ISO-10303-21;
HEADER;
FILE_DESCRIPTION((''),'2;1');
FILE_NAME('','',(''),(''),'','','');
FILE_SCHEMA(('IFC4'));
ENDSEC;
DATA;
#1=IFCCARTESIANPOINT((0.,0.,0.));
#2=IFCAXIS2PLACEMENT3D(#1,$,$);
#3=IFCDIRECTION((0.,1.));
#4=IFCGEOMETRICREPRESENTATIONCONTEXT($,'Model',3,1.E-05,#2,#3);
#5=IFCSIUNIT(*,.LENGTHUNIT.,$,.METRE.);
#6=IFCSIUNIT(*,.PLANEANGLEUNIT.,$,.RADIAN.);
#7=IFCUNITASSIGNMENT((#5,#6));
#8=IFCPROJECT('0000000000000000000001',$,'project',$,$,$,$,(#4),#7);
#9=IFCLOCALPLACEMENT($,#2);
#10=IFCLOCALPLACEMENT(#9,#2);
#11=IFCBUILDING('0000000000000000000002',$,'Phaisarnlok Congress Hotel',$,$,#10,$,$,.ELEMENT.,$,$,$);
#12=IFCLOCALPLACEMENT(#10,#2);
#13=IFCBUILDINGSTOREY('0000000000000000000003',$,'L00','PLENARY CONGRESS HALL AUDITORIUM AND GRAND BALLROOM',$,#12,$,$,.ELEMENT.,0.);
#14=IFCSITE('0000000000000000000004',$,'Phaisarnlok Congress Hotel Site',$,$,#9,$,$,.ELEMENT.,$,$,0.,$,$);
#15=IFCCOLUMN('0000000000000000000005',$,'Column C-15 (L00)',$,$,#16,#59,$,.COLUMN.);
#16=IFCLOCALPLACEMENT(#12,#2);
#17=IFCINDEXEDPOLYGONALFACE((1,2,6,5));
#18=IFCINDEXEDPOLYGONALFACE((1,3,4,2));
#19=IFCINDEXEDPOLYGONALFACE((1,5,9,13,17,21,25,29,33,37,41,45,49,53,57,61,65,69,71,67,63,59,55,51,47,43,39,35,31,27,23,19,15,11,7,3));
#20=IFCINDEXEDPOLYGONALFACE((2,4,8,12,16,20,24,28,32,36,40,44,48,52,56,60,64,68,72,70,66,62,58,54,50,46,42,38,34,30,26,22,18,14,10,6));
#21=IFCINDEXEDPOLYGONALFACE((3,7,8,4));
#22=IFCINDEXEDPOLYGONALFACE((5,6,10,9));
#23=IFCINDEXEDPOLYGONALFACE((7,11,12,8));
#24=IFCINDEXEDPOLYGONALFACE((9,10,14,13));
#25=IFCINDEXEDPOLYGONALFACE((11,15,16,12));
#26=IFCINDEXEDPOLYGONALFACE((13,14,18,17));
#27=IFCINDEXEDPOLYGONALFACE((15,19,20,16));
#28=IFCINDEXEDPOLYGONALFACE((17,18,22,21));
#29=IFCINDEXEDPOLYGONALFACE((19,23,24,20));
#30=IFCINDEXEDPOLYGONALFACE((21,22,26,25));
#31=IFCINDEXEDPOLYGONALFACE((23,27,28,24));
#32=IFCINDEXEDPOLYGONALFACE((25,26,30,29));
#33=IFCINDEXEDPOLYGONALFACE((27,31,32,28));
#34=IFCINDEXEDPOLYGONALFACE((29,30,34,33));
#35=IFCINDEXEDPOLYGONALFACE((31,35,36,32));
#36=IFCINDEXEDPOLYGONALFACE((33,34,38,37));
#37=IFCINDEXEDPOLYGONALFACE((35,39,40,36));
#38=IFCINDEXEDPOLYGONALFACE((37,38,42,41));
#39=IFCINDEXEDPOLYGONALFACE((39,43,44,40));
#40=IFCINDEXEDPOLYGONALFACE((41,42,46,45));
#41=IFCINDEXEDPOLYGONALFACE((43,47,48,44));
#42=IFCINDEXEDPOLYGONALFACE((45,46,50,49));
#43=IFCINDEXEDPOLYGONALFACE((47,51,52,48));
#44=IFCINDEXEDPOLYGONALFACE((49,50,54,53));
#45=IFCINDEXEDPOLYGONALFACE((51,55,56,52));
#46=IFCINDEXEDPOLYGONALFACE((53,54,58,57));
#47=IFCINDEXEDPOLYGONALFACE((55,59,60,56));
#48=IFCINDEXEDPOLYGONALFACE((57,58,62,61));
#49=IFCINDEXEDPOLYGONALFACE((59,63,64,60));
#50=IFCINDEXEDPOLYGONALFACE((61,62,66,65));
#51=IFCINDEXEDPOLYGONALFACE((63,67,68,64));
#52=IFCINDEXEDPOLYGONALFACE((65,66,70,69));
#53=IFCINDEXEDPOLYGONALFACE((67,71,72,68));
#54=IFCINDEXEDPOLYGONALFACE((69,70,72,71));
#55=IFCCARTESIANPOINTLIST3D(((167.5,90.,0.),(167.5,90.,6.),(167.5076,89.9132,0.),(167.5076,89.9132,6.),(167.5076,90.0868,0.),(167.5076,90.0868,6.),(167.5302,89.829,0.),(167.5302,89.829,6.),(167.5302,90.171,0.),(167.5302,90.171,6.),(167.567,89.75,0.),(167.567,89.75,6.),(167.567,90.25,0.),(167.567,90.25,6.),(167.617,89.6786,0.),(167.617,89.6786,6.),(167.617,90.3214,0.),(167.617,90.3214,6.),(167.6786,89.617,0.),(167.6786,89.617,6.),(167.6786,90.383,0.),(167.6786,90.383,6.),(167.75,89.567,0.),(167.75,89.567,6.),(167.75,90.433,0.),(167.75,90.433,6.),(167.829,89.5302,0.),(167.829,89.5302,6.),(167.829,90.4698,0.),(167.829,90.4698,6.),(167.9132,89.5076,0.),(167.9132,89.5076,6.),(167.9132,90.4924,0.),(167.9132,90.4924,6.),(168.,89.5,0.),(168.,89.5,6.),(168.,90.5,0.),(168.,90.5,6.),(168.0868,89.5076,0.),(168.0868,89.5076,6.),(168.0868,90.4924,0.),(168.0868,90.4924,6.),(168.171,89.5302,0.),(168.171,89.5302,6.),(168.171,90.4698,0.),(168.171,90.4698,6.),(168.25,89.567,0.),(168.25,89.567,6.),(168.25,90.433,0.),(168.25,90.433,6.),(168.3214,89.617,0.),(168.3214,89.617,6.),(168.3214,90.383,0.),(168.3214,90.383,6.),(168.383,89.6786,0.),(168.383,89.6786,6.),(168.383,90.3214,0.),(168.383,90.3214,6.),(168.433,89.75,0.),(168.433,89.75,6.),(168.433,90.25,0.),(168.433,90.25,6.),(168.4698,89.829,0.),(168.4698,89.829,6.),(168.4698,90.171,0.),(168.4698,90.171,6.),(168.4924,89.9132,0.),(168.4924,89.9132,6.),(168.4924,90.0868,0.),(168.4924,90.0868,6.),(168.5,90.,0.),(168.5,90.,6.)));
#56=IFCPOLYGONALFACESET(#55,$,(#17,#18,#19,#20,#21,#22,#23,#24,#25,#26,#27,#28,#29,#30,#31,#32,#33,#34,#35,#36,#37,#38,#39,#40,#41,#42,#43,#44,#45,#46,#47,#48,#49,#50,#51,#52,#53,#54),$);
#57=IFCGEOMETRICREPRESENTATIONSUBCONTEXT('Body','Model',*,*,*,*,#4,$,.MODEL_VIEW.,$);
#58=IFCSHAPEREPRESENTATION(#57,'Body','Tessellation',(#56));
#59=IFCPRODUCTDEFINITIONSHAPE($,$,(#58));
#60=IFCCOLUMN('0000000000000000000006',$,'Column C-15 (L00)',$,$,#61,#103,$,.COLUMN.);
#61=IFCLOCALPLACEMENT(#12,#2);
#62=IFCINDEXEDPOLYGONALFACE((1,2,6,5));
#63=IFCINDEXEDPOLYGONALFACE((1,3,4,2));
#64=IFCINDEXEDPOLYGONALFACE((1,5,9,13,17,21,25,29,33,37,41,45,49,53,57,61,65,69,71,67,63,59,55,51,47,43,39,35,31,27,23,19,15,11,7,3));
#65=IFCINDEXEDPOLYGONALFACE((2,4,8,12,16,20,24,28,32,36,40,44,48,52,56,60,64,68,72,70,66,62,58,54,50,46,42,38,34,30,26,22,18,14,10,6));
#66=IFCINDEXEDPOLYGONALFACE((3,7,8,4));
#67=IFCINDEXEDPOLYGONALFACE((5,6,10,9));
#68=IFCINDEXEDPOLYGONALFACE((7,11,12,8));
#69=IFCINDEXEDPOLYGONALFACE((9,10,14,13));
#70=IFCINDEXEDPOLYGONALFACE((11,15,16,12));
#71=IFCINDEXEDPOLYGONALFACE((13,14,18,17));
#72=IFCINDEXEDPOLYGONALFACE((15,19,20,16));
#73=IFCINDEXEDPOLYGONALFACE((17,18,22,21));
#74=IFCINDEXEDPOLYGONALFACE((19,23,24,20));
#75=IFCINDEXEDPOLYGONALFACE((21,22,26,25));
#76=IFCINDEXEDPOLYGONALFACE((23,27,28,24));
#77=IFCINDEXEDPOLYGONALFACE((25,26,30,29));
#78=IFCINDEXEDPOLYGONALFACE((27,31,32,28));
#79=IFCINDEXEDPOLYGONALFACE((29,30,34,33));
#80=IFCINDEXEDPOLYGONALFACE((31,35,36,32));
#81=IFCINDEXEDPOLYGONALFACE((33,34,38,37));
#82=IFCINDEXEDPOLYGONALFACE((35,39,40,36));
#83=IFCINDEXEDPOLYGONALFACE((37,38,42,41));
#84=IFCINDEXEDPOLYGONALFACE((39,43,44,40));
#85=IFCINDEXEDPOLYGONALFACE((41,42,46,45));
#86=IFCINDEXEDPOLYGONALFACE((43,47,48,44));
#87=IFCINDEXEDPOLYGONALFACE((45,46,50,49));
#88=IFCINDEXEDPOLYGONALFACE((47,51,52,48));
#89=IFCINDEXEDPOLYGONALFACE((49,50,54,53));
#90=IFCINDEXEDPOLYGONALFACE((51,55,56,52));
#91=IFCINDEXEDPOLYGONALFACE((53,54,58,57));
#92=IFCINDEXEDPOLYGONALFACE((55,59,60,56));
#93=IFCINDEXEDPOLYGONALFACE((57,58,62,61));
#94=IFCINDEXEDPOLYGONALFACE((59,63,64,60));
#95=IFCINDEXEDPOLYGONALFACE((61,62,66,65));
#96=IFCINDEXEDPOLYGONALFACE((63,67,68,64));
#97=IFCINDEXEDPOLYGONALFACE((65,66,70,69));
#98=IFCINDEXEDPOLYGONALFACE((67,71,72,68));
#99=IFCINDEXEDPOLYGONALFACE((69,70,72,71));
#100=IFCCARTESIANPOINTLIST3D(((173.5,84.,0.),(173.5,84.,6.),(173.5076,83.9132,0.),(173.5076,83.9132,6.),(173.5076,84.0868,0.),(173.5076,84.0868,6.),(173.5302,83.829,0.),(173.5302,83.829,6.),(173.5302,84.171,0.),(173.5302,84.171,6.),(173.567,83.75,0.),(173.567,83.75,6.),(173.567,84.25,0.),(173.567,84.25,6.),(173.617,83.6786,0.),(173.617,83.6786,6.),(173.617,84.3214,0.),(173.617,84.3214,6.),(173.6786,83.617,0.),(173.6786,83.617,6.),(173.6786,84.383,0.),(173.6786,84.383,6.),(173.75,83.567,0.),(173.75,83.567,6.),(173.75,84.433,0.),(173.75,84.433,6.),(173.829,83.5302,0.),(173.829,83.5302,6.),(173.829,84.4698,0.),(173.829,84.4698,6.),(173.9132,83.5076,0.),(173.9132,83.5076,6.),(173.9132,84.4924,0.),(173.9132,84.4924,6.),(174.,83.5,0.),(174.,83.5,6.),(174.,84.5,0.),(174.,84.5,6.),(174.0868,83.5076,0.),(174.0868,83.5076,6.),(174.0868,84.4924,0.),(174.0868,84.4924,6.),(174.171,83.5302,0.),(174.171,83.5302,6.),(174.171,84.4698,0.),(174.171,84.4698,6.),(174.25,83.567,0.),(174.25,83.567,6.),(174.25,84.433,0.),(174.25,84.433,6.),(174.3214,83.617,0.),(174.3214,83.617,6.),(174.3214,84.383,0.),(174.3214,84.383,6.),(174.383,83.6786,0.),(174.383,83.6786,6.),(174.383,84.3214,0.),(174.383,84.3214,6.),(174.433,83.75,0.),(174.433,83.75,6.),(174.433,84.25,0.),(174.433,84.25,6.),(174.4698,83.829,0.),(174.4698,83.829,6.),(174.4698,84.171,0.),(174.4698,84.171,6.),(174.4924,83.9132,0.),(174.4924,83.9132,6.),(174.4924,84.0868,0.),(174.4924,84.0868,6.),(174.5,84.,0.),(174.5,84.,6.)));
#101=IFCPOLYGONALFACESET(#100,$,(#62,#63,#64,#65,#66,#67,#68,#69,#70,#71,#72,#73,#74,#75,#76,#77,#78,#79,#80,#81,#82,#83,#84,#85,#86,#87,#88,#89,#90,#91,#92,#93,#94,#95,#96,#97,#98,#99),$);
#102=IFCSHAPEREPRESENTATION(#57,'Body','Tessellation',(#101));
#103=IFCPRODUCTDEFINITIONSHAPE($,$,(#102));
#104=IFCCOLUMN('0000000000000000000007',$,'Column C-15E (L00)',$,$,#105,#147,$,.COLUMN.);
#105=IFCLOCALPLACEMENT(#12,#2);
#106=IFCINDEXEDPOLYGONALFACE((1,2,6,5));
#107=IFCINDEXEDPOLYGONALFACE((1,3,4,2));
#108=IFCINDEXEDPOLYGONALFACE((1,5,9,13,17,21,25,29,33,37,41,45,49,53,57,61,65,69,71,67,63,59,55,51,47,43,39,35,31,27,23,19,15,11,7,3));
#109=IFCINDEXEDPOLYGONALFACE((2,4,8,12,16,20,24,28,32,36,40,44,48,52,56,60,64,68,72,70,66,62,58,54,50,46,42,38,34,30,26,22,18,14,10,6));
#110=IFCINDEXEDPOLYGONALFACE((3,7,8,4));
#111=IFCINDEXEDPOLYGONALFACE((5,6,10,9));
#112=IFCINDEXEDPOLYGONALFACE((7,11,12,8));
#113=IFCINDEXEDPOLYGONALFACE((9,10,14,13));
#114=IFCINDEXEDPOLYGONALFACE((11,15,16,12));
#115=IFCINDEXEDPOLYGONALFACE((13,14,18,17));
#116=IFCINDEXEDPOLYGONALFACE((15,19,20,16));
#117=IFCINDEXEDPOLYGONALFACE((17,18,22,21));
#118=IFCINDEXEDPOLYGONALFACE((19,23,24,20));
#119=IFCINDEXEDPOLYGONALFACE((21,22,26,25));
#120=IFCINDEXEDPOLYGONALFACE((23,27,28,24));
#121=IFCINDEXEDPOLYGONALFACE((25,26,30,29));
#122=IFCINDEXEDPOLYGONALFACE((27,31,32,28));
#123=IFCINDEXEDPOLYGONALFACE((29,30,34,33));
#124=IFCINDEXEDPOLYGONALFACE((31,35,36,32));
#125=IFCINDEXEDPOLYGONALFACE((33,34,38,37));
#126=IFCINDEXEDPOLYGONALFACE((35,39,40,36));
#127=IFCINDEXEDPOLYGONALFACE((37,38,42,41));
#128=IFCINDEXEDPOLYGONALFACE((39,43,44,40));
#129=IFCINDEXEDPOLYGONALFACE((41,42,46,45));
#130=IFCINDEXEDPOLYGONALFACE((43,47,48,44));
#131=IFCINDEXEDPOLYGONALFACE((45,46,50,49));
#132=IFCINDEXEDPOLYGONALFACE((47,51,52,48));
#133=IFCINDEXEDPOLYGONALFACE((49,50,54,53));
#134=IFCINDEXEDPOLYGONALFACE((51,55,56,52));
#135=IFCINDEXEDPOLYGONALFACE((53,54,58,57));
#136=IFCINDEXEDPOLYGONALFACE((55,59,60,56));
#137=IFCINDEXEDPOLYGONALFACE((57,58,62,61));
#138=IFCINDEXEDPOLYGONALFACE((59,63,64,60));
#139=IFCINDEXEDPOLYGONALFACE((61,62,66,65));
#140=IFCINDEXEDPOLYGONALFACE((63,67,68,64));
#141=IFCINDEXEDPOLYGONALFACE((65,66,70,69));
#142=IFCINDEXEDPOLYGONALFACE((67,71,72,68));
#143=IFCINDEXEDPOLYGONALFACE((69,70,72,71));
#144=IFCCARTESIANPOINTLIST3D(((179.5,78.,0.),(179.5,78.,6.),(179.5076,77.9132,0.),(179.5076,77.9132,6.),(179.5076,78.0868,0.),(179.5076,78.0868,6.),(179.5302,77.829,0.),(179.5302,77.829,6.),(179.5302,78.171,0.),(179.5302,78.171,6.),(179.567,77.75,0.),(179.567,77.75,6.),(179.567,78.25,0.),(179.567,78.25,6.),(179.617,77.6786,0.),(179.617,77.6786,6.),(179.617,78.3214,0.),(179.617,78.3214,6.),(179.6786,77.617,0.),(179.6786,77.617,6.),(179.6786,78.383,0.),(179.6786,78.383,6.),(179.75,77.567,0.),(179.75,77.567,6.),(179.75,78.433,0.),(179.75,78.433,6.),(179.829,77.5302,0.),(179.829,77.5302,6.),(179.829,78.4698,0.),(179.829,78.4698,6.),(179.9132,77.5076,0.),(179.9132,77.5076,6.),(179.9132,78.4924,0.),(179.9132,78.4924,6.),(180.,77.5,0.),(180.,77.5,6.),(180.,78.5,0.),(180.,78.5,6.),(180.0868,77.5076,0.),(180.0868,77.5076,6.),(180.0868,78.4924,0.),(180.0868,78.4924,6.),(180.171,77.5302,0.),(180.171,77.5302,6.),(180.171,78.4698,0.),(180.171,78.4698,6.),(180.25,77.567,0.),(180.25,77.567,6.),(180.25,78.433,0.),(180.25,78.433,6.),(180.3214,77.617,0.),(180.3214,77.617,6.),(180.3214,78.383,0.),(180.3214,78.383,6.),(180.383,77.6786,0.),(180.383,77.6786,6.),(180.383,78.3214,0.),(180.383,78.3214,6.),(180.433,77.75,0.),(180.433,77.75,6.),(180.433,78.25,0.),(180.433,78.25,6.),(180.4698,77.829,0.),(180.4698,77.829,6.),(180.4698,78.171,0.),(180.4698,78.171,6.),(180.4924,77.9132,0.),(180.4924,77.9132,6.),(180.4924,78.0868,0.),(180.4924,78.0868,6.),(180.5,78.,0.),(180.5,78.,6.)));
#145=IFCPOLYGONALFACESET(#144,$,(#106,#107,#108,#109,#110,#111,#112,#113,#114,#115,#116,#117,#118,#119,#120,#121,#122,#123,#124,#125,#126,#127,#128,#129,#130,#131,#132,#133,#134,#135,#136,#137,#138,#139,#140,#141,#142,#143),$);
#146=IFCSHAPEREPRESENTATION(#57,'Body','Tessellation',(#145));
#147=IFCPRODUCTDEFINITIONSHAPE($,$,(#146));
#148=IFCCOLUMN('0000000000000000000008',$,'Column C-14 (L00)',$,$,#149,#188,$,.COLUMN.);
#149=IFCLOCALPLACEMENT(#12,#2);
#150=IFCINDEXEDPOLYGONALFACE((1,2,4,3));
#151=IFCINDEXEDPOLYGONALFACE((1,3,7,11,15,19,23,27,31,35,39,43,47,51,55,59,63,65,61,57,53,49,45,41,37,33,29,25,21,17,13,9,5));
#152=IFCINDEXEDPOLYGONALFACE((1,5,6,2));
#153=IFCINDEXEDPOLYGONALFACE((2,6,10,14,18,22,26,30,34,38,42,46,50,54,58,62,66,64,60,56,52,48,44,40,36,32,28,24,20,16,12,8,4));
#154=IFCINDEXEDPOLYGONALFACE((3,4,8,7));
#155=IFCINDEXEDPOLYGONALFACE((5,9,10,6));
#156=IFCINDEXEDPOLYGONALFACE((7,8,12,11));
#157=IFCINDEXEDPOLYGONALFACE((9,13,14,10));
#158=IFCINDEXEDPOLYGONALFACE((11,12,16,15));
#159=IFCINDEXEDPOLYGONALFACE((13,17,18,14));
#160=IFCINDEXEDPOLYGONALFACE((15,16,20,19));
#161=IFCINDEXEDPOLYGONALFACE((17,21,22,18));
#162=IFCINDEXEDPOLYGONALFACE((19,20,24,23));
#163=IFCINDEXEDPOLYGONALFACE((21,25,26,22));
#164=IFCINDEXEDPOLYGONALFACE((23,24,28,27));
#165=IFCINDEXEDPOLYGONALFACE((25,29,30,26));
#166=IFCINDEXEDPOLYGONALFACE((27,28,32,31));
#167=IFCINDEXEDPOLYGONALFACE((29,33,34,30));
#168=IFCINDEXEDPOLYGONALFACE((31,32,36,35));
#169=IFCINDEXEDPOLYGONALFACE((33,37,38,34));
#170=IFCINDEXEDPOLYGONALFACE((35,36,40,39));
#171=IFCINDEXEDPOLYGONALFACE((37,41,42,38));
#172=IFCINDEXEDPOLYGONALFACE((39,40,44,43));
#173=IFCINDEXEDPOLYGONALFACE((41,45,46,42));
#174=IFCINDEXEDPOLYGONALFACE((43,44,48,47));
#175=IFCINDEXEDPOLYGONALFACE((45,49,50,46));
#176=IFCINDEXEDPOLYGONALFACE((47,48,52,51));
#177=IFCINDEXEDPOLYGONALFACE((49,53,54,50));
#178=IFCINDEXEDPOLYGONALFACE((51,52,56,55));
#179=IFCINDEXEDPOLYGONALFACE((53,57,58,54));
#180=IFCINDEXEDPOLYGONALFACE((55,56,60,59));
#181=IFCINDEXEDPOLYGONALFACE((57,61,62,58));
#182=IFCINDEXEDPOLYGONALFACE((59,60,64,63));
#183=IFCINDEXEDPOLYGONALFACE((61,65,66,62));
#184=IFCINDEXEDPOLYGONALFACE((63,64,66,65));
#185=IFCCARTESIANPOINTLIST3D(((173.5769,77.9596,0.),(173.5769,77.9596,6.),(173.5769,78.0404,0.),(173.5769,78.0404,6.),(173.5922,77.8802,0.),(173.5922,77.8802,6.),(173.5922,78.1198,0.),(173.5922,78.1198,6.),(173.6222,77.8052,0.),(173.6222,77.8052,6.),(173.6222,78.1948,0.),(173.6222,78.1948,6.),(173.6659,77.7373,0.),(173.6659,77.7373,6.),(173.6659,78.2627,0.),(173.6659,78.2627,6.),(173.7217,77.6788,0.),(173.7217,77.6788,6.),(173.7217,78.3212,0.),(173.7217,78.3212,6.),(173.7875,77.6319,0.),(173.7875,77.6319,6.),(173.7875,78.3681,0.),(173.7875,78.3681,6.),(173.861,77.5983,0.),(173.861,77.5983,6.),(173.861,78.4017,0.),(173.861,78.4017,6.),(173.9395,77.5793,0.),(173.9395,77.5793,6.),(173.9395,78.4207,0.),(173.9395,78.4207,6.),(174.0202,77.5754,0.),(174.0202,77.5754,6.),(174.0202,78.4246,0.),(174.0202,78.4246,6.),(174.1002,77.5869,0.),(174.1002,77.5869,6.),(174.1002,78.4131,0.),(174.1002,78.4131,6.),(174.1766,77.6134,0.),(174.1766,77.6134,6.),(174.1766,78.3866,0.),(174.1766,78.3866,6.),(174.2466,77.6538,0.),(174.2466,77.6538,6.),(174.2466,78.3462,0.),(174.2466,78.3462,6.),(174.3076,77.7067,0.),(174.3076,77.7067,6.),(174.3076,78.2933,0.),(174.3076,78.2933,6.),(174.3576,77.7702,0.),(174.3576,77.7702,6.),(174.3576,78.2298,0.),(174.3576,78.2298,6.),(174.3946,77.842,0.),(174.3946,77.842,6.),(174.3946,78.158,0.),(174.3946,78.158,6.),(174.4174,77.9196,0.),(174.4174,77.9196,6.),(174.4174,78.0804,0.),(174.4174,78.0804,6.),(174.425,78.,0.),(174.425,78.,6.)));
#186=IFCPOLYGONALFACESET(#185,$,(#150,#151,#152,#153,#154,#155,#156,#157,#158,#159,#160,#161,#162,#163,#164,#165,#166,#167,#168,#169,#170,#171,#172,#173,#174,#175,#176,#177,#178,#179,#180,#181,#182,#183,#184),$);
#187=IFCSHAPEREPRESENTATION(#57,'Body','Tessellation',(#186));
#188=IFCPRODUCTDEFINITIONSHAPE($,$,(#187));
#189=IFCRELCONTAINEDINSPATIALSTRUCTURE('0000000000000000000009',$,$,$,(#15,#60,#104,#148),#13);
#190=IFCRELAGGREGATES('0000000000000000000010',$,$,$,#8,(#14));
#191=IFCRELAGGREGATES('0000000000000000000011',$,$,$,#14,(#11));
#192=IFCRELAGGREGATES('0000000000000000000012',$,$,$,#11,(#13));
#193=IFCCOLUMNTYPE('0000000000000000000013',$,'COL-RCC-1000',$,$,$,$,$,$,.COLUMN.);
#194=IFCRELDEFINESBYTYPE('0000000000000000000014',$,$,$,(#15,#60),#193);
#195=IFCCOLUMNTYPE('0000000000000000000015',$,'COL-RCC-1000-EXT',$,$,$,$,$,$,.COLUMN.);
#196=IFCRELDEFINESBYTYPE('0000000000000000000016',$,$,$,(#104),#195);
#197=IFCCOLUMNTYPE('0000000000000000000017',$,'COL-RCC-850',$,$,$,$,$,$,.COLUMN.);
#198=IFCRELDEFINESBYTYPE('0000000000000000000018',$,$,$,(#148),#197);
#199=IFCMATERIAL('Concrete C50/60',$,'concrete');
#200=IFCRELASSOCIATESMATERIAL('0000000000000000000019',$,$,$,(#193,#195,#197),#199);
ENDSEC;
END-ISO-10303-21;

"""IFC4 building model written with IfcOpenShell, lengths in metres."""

from ifc_helpers import new_model, si_unit, direction, frame, origin, origin_2d, place, context, subcontext, project, spatial, circle, extrude, material, material_profile, profile_set, type_object, element, save


model = new_model("IFC4")

# Units and contexts
model_context = context("Model", 3, precision=1e-05, world=origin(), true_north=direction((0.0, 1.0)))
body_context = subcontext(model_context, "Body", "Model", "MODEL_VIEW")
ifc_project = project(units=[si_unit("LENGTHUNIT", "METRE"), si_unit("PLANEANGLEUNIT", "RADIAN")], contexts=[model_context])

# Site, building, storey
site_placement = place(None, origin())
site = spatial("IfcSite", under=ifc_project, at=site_placement, Name="Phaisarnlok Congress Hotel Site", CompositionType="ELEMENT", RefElevation=0.0)
building_placement = place(site_placement, origin())
building = spatial("IfcBuilding", under=site, at=building_placement, Name="Phaisarnlok Congress Hotel", CompositionType="ELEMENT")
storey_placement = place(building_placement, origin())
storey = spatial("IfcBuildingStorey", under=building, at=storey_placement, Name="L00", Description="PLENARY CONGRESS HALL AUDITORIUM AND GRAND BALLROOM", CompositionType="ELEMENT", Elevation=0.0)

# Columns
ifc_material_1 = material(Name="Concrete C50/60", Category="concrete")
ifc_material_profile_1 = material_profile(ifc_material_1, circle(Radius=0.5, at=origin_2d()), Name="RCC D1000")
ifc_profile_set_1 = profile_set([ifc_material_profile_1], Name="Concrete C50/60")
column_type_1 = type_object("IfcColumnType", Name="COL-RCC-1000", PredefinedType="COLUMN", material=ifc_profile_set_1)
for number, where, z_axis, x_axis, name in (
    (1, (168.0, 90.0, 0.0), (0.0, 0.0, 1.0), (1.0, 0.0, 0.0), "Column C-15 (L00)"),
    (2, (174.0, 84.0, 0.0), (0.0, 0.0, 1.0), (1.0, 0.0, 0.0), "Column C-15 (L00)"),
):
    element("IfcColumn", number, at=place(storey_placement, frame(where, z_axis=z_axis, x_axis=x_axis)), inside=storey, type_object=column_type_1, Name=name, PredefinedType="COLUMN", context=body_context, shape_type="SweptSolid", body=[
        extrude(circle(Radius=0.5, at=origin_2d()), origin(), (0.0, 0.0, 1.0), 6.0),
    ])
ifc_material_profile_2 = material_profile(ifc_material_1, circle(Radius=0.5, at=origin_2d()), Name="RCC D1000")
ifc_profile_set_2 = profile_set([ifc_material_profile_2], Name="Concrete C50/60")
column_type_2 = type_object("IfcColumnType", Name="COL-RCC-1000-EXT", PredefinedType="COLUMN", material=ifc_profile_set_2)
column_1_placement = place(storey_placement, frame((180.0, 78.0, 0.0), z_axis=(0.0, 0.0, 1.0), x_axis=(1.0, 0.0, 0.0)))
element("IfcColumn", 3, at=column_1_placement, inside=storey, type_object=column_type_2, Name="Column C-15E (L00)", PredefinedType="COLUMN", context=body_context, shape_type="SweptSolid", body=[
    extrude(circle(Radius=0.5, at=origin_2d()), origin(), (0.0, 0.0, 1.0), 6.0),
])
ifc_material_profile_3 = material_profile(ifc_material_1, circle(Radius=0.425, at=origin_2d()), Name="RCC D850")
ifc_profile_set_3 = profile_set([ifc_material_profile_3], Name="Concrete C50/60")
column_type_3 = type_object("IfcColumnType", Name="COL-RCC-850", PredefinedType="COLUMN", material=ifc_profile_set_3)
column_2_placement = place(storey_placement, frame((174.0, 78.0, 0.0), z_axis=(0.0, 0.0, 1.0), x_axis=(1.0, 0.0, 0.0)))
element("IfcColumn", 4, at=column_2_placement, inside=storey, type_object=column_type_3, Name="Column C-14 (L00)", PredefinedType="COLUMN", context=body_context, shape_type="SweptSolid", body=[
    extrude(circle(Radius=0.425, at=origin_2d()), origin(), (0.0, 0.0, 1.0), 6.0),
])

save(model, "model.ifc")
